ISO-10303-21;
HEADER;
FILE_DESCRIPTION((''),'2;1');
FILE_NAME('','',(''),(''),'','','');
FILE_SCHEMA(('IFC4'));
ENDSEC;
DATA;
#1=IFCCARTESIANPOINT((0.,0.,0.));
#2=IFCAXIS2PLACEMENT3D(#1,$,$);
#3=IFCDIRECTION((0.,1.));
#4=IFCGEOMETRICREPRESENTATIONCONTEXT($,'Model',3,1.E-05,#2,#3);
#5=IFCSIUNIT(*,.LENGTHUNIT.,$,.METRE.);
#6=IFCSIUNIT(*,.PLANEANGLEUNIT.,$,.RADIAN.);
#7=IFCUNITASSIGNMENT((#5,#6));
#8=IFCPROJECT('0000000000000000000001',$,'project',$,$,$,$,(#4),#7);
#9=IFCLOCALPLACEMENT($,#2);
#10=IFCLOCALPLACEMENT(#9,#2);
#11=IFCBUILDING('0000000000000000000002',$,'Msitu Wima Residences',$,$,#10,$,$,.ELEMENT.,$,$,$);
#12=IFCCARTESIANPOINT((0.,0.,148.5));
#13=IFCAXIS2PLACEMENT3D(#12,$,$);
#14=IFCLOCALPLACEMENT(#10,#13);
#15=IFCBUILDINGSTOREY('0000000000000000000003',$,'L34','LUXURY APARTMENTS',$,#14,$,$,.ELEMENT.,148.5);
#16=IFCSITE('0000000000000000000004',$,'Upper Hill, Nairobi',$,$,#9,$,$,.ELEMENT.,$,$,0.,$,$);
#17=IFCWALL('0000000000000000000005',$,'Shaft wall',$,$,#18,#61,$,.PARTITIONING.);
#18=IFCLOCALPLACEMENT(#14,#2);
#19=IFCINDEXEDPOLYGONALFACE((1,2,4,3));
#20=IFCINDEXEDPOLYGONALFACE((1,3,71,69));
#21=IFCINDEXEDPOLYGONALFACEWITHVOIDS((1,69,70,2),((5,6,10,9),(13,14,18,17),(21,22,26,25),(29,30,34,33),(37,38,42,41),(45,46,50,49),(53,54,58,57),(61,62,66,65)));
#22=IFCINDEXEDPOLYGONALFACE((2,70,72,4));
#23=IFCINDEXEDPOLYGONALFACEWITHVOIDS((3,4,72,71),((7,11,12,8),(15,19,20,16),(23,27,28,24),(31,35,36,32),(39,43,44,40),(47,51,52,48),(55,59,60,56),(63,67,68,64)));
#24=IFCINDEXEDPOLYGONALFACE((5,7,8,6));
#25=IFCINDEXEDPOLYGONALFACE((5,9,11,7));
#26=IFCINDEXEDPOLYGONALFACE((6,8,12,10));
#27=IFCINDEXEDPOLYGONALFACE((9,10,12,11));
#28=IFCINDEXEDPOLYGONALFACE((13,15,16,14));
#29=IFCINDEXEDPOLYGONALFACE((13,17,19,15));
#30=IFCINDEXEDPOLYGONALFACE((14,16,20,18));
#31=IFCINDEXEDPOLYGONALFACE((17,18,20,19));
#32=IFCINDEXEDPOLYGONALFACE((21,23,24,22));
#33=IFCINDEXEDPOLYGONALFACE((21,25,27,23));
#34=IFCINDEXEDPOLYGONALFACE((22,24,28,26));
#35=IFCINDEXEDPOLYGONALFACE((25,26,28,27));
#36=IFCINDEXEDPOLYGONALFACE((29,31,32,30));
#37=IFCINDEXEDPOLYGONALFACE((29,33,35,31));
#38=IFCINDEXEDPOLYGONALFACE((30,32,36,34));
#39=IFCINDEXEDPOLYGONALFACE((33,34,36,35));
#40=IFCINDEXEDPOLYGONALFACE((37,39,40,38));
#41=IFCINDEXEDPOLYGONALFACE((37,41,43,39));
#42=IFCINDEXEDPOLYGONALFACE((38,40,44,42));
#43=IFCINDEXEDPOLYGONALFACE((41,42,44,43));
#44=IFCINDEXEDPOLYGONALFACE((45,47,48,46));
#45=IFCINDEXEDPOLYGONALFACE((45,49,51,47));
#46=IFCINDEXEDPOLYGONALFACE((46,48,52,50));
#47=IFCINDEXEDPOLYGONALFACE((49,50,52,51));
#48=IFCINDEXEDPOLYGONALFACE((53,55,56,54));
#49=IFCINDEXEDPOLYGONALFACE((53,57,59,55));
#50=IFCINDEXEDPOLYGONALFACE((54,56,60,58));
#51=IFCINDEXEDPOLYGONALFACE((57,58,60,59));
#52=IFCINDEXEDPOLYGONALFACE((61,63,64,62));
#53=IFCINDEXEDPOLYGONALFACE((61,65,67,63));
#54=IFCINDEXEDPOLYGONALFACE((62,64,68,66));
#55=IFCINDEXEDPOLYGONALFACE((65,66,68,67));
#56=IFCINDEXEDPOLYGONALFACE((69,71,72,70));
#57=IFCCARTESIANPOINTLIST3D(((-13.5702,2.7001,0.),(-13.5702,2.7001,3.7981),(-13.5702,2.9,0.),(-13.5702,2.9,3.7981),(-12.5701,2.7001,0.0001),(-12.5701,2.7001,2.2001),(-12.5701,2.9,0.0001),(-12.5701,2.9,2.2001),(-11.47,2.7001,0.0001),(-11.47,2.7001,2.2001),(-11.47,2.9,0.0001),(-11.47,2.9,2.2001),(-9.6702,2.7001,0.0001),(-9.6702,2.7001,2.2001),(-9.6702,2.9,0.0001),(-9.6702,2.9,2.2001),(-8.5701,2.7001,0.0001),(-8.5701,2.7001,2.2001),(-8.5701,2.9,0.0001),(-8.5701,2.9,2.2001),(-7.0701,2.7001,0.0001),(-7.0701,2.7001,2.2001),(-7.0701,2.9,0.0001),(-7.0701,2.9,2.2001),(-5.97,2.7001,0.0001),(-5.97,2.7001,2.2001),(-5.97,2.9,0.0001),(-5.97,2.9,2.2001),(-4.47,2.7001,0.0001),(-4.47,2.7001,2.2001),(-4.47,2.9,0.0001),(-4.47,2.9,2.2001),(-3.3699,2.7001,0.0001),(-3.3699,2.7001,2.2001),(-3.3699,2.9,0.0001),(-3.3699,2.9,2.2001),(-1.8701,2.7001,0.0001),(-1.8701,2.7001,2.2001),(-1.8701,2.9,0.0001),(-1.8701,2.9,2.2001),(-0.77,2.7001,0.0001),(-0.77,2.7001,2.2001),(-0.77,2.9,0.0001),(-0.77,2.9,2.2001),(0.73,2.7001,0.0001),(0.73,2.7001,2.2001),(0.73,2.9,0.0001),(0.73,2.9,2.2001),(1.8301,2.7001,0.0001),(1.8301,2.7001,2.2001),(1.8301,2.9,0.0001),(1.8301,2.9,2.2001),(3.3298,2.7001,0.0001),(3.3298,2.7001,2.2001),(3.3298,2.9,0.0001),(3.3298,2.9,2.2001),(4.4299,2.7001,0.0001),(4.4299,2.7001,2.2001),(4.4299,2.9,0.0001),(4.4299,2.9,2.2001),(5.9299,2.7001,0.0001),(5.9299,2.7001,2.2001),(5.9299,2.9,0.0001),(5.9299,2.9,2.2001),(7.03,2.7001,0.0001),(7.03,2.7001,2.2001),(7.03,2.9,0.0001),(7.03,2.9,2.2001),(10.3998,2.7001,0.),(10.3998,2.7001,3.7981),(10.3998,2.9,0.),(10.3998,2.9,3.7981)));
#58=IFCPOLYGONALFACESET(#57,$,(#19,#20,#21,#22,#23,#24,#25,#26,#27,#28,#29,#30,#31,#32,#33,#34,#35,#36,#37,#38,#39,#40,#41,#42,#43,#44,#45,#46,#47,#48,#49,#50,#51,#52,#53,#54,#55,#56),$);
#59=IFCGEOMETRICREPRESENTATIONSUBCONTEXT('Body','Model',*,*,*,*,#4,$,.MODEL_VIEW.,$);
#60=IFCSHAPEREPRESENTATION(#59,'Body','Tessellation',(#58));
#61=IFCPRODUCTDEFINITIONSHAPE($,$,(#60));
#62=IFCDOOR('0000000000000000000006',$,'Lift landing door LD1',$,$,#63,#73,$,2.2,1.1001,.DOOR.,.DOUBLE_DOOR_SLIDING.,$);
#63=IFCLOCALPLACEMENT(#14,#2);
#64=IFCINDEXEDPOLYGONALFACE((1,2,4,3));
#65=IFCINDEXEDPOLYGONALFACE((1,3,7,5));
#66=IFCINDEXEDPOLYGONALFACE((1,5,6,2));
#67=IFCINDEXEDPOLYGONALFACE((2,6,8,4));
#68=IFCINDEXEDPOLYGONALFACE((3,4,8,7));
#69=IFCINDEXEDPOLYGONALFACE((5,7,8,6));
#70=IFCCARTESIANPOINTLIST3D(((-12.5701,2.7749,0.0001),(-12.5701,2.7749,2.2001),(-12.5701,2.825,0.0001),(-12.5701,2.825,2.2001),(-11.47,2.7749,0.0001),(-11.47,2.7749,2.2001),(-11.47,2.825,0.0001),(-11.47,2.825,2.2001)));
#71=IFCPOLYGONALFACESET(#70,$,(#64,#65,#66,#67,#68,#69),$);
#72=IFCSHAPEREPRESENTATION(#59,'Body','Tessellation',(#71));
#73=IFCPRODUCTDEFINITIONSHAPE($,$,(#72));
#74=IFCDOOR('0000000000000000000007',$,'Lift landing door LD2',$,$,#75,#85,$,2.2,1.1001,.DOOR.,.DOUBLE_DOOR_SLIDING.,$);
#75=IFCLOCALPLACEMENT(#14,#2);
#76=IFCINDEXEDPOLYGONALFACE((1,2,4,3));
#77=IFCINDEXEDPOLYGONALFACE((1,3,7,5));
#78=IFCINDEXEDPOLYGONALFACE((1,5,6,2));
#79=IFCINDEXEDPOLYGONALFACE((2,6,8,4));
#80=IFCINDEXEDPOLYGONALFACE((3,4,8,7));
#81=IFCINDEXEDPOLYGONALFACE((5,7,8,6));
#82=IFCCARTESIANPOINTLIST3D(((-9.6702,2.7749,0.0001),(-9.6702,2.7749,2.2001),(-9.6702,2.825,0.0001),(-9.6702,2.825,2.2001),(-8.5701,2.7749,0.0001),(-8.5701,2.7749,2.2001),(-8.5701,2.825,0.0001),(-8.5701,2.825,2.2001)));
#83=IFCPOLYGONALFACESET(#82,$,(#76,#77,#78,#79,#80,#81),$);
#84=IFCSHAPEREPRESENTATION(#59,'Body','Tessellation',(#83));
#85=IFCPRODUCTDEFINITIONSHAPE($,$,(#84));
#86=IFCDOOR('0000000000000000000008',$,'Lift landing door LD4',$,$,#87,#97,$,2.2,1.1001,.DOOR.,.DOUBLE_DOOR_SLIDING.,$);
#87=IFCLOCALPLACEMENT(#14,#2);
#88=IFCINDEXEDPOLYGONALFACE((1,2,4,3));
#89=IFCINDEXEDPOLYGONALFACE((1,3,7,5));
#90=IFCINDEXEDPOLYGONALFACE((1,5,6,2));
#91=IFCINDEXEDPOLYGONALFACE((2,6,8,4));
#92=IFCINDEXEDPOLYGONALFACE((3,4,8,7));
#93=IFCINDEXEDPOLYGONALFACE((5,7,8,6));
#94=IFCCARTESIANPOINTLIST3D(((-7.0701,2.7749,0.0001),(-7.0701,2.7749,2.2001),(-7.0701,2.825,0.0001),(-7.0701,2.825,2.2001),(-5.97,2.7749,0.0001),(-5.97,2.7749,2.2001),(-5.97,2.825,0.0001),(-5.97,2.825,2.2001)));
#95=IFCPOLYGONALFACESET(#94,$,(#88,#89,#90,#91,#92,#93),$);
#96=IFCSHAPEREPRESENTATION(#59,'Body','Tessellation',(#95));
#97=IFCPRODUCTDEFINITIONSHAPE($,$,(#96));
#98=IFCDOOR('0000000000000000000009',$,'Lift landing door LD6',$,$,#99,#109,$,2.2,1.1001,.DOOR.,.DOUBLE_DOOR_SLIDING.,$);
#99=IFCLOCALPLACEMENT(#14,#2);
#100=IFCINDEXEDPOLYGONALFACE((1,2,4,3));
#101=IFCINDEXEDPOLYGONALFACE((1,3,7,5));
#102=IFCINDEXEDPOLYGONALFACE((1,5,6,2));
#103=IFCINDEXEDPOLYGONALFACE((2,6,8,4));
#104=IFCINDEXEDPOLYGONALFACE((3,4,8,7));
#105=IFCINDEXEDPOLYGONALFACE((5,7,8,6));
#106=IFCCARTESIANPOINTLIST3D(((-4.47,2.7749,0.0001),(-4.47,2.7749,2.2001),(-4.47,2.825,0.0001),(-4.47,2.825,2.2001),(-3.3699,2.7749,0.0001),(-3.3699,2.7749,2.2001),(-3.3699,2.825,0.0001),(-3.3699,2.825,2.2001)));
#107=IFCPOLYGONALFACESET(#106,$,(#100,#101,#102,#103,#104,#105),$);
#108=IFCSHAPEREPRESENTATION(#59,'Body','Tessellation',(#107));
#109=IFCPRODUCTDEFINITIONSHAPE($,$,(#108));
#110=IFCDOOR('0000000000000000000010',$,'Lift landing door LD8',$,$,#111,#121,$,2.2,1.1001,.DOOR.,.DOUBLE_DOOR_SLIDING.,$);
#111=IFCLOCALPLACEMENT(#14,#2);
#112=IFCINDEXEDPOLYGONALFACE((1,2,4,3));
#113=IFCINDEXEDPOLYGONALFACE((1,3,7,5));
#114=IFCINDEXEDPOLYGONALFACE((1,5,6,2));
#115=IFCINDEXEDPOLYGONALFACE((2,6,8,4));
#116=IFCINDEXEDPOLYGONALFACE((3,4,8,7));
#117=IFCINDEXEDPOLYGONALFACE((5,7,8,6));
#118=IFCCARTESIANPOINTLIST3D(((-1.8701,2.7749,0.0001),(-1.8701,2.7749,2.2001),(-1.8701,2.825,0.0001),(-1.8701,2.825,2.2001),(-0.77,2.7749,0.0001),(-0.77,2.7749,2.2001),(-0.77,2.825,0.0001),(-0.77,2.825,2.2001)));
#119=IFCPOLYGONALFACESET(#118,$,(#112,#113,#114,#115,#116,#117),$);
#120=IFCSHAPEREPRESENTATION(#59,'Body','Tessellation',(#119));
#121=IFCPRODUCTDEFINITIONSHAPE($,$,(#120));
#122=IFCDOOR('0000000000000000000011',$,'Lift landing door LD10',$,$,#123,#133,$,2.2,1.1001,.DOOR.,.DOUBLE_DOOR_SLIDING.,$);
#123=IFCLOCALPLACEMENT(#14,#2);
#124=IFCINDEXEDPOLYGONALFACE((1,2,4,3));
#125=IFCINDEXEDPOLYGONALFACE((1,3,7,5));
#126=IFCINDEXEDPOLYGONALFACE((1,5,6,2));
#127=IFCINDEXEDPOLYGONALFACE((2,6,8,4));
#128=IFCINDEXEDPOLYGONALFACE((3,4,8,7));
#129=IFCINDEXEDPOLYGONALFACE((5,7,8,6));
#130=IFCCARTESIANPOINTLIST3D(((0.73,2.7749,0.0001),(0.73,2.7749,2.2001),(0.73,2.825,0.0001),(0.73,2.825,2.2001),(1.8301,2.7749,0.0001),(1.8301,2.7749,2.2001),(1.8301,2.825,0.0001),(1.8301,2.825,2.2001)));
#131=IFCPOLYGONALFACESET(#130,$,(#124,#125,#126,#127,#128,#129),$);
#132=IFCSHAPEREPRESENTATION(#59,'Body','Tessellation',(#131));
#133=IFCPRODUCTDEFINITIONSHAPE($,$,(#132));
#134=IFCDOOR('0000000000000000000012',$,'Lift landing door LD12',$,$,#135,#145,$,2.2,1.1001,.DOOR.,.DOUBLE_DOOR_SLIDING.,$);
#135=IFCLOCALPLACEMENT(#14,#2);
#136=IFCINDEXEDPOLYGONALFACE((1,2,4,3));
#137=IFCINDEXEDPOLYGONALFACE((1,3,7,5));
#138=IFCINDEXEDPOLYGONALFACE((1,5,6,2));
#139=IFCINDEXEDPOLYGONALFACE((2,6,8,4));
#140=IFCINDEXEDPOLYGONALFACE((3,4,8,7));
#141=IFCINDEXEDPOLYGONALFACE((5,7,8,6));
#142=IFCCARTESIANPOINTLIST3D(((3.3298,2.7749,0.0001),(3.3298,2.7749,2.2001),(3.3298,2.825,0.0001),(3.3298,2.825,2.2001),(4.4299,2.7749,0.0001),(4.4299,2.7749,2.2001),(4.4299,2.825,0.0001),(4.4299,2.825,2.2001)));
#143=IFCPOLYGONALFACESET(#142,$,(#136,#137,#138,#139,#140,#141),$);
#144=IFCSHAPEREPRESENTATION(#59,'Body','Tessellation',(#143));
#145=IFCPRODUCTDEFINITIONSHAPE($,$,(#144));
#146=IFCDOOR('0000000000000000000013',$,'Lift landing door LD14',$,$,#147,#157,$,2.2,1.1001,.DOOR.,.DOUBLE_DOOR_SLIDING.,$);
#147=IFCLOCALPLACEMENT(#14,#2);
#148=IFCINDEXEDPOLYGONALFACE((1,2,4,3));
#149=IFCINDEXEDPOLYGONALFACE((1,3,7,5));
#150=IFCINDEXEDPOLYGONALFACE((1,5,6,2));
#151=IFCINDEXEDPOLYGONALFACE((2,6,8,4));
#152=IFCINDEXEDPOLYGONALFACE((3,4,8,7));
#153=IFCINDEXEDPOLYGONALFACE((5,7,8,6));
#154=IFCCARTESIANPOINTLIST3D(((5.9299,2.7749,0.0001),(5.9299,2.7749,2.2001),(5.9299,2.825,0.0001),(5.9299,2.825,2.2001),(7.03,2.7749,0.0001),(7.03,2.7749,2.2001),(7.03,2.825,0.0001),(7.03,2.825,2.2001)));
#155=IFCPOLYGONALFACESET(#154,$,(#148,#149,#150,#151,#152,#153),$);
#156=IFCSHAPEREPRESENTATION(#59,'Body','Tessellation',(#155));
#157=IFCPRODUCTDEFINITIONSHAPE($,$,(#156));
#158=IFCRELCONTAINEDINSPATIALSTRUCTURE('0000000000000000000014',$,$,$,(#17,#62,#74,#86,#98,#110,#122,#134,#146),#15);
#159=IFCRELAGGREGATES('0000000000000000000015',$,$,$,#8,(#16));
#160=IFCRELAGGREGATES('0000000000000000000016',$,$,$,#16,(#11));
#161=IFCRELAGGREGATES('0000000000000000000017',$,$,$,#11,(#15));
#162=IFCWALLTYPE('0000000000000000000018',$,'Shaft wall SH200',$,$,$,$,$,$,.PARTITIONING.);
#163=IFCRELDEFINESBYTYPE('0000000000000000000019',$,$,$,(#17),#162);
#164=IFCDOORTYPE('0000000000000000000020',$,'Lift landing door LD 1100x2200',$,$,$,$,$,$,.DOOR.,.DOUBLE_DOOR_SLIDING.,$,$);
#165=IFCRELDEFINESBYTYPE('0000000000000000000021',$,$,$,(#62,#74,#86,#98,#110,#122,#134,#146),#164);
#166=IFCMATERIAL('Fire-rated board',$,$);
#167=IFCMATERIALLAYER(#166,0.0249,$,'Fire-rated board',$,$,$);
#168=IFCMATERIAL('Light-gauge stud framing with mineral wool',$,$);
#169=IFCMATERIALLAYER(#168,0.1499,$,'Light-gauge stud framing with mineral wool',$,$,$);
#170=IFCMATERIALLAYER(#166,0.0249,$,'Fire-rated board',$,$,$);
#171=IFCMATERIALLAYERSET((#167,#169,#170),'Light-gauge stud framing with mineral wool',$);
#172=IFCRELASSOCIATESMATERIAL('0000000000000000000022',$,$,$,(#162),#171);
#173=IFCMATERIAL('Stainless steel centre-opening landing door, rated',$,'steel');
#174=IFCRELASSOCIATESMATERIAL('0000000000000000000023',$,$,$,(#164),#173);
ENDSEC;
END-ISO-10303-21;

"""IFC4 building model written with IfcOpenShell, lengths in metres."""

from ifc_helpers import new_model, si_unit, direction, frame, frame_2d, origin, place, context, subcontext, project, spatial, rectangle, extrude, material, layer, layer_set, type_object, element, fill, save


model = new_model("IFC4")

# Units and contexts
model_context = context("Model", 3, precision=1e-05, world=origin(), true_north=direction((0.0, 1.0)))
body_context = subcontext(model_context, "Body", "Model", "MODEL_VIEW")
ifc_project = project(units=[si_unit("LENGTHUNIT", "METRE"), si_unit("PLANEANGLEUNIT", "RADIAN")], contexts=[model_context])

# Site, building, storey
site_placement = place(None, origin())
site = spatial("IfcSite", under=ifc_project, at=site_placement, Name="Upper Hill, Nairobi", CompositionType="ELEMENT", RefElevation=0.0)
building_placement = place(site_placement, origin())
building = spatial("IfcBuilding", under=site, at=building_placement, Name="Msitu Wima Residences", CompositionType="ELEMENT")
storey_placement = place(building_placement, frame((0.0, 0.0, 148.5)))
storey = spatial("IfcBuildingStorey", under=building, at=storey_placement, Name="L34", Description="LUXURY APARTMENTS", CompositionType="ELEMENT", Elevation=148.5)

# Shared definitions
ifc_material_1 = material(Name="Fire-rated board")
ifc_layer_1 = layer(ifc_material_1, 0.0249, Name="Fire-rated board")
ifc_material_2 = material(Name="Light-gauge stud framing with mineral wool")
ifc_layer_2 = layer(ifc_material_2, 0.1499, Name="Light-gauge stud framing with mineral wool")
ifc_layer_3 = layer(ifc_material_1, 0.0249, Name="Fire-rated board")
ifc_layer_set_1 = layer_set([ifc_layer_1, ifc_layer_2, ifc_layer_3], Name="Light-gauge stud framing with mineral wool")
wall_type_1 = type_object("IfcWallType", Name="Shaft wall SH200", PredefinedType="PARTITIONING", material=ifc_layer_set_1)

# Wall, openings, doors
wall_1_placement = place(storey_placement, frame((-13.5701, 2.8, 0.0), z_axis=(0.0, 0.0, 1.0), x_axis=(1.0, 0.0, 0.0)))
wall_1 = element("IfcWall", 1, at=wall_1_placement, inside=storey, type_object=wall_type_1, Name="Shaft wall", PredefinedType="PARTITIONING", context=body_context, shape_type="SweptSolid", body=[
    extrude(rectangle(XDim=23.97, YDim=0.2, at=frame_2d((11.9849, 0.0))), origin(), (0.0, 0.0, 1.0), 3.7981),
])
opening_1_placement = place(wall_1_placement, frame((1.0, 0.0, 0.0)))
opening_1 = element("IfcOpeningElement", 2, at=opening_1_placement, cuts=wall_1, PredefinedType="OPENING", context=body_context, shape_type="SweptSolid", body=[
    extrude(rectangle(XDim=1.1001, YDim=2.2, at=frame_2d((0.55, 1.1001))), frame((0.0, 0.1099, 0.0), z_axis=(0.0, -1.0, 0.0), x_axis=(1.0, 0.0, 0.0)), (0.0, 0.0, 1.0), 0.22),
])
opening_2_placement = place(wall_1_placement, frame((3.8999, 0.0, 0.0)))
opening_2 = element("IfcOpeningElement", 3, at=opening_2_placement, cuts=wall_1, PredefinedType="OPENING", context=body_context, shape_type="SweptSolid", body=[
    extrude(rectangle(XDim=1.1001, YDim=2.2, at=frame_2d((0.55, 1.1001))), frame((0.0, 0.1099, 0.0), z_axis=(0.0, -1.0, 0.0), x_axis=(1.0, 0.0, 0.0)), (0.0, 0.0, 1.0), 0.22),
])
opening_3_placement = place(wall_1_placement, frame((6.5, 0.0, 0.0)))
opening_3 = element("IfcOpeningElement", 4, at=opening_3_placement, cuts=wall_1, PredefinedType="OPENING", context=body_context, shape_type="SweptSolid", body=[
    extrude(rectangle(XDim=1.1001, YDim=2.2, at=frame_2d((0.55, 1.1001))), frame((0.0, 0.1099, 0.0), z_axis=(0.0, -1.0, 0.0), x_axis=(1.0, 0.0, 0.0)), (0.0, 0.0, 1.0), 0.22),
])
opening_4_placement = place(wall_1_placement, frame((9.1001, 0.0, 0.0)))
opening_4 = element("IfcOpeningElement", 5, at=opening_4_placement, cuts=wall_1, PredefinedType="OPENING", context=body_context, shape_type="SweptSolid", body=[
    extrude(rectangle(XDim=1.1001, YDim=2.2, at=frame_2d((0.55, 1.1001))), frame((0.0, 0.1099, 0.0), z_axis=(0.0, -1.0, 0.0), x_axis=(1.0, 0.0, 0.0)), (0.0, 0.0, 1.0), 0.22),
])
opening_5_placement = place(wall_1_placement, frame((11.7, 0.0, 0.0)))
opening_5 = element("IfcOpeningElement", 6, at=opening_5_placement, cuts=wall_1, PredefinedType="OPENING", context=body_context, shape_type="SweptSolid", body=[
    extrude(rectangle(XDim=1.1001, YDim=2.2, at=frame_2d((0.55, 1.1001))), frame((0.0, 0.1099, 0.0), z_axis=(0.0, -1.0, 0.0), x_axis=(1.0, 0.0, 0.0)), (0.0, 0.0, 1.0), 0.22),
])
opening_6_placement = place(wall_1_placement, frame((14.3, 0.0, 0.0)))
opening_6 = element("IfcOpeningElement", 7, at=opening_6_placement, cuts=wall_1, PredefinedType="OPENING", context=body_context, shape_type="SweptSolid", body=[
    extrude(rectangle(XDim=1.1001, YDim=2.2, at=frame_2d((0.55, 1.1001))), frame((0.0, 0.1099, 0.0), z_axis=(0.0, -1.0, 0.0), x_axis=(1.0, 0.0, 0.0)), (0.0, 0.0, 1.0), 0.22),
])
opening_7_placement = place(wall_1_placement, frame((16.8999, 0.0, 0.0)))
opening_7 = element("IfcOpeningElement", 8, at=opening_7_placement, cuts=wall_1, PredefinedType="OPENING", context=body_context, shape_type="SweptSolid", body=[
    extrude(rectangle(XDim=1.1001, YDim=2.2, at=frame_2d((0.55, 1.1001))), frame((0.0, 0.1099, 0.0), z_axis=(0.0, -1.0, 0.0), x_axis=(1.0, 0.0, 0.0)), (0.0, 0.0, 1.0), 0.22),
])
opening_8_placement = place(wall_1_placement, frame((19.5, 0.0, 0.0)))
opening_8 = element("IfcOpeningElement", 9, at=opening_8_placement, cuts=wall_1, PredefinedType="OPENING", context=body_context, shape_type="SweptSolid", body=[
    extrude(rectangle(XDim=1.1001, YDim=2.2, at=frame_2d((0.55, 1.1001))), frame((0.0, 0.1099, 0.0), z_axis=(0.0, -1.0, 0.0), x_axis=(1.0, 0.0, 0.0)), (0.0, 0.0, 1.0), 0.22),
])
ifc_material_3 = material(Name="Stainless steel centre-opening landing door, rated", Category="steel")
door_type_1 = type_object("IfcDoorType", Name="Lift landing door LD 1100x2200", OperationType="DOUBLE_DOOR_SLIDING", PredefinedType="DOOR", material=ifc_material_3)
door_1_placement = place(opening_1_placement, origin())
door_1 = element("IfcDoor", 10, at=door_1_placement, inside=storey, type_object=door_type_1, Name="Lift landing door LD1", OperationType="DOUBLE_DOOR_SLIDING", OverallHeight=2.2, OverallWidth=1.1001, PredefinedType="DOOR", context=body_context, shape_type="SweptSolid", body=[
    extrude(rectangle(XDim=1.1001, YDim=2.2, at=frame_2d((0.55, 1.1001))), frame((0.0, 0.0249, 0.0), z_axis=(0.0, -1.0, 0.0), x_axis=(1.0, 0.0, 0.0)), (0.0, 0.0, 1.0), 0.05),
])
fill(opening_1, door_1)
door_2_placement = place(opening_2_placement, origin())
door_2 = element("IfcDoor", 11, at=door_2_placement, inside=storey, type_object=door_type_1, Name="Lift landing door LD2", OperationType="DOUBLE_DOOR_SLIDING", OverallHeight=2.2, OverallWidth=1.1001, PredefinedType="DOOR", context=body_context, shape_type="SweptSolid", body=[
    extrude(rectangle(XDim=1.1001, YDim=2.2, at=frame_2d((0.55, 1.1001))), frame((0.0, 0.0249, 0.0), z_axis=(0.0, -1.0, 0.0), x_axis=(1.0, 0.0, 0.0)), (0.0, 0.0, 1.0), 0.05),
])
fill(opening_2, door_2)
door_3_placement = place(opening_3_placement, origin())
door_3 = element("IfcDoor", 12, at=door_3_placement, inside=storey, type_object=door_type_1, Name="Lift landing door LD4", OperationType="DOUBLE_DOOR_SLIDING", OverallHeight=2.2, OverallWidth=1.1001, PredefinedType="DOOR", context=body_context, shape_type="SweptSolid", body=[
    extrude(rectangle(XDim=1.1001, YDim=2.2, at=frame_2d((0.55, 1.1001))), frame((0.0, 0.0249, 0.0), z_axis=(0.0, -1.0, 0.0), x_axis=(1.0, 0.0, 0.0)), (0.0, 0.0, 1.0), 0.05),
])
fill(opening_3, door_3)
door_4_placement = place(opening_4_placement, origin())
door_4 = element("IfcDoor", 13, at=door_4_placement, inside=storey, type_object=door_type_1, Name="Lift landing door LD6", OperationType="DOUBLE_DOOR_SLIDING", OverallHeight=2.2, OverallWidth=1.1001, PredefinedType="DOOR", context=body_context, shape_type="SweptSolid", body=[
    extrude(rectangle(XDim=1.1001, YDim=2.2, at=frame_2d((0.55, 1.1001))), frame((0.0, 0.0249, 0.0), z_axis=(0.0, -1.0, 0.0), x_axis=(1.0, 0.0, 0.0)), (0.0, 0.0, 1.0), 0.05),
])
fill(opening_4, door_4)
door_5_placement = place(opening_5_placement, origin())
door_5 = element("IfcDoor", 14, at=door_5_placement, inside=storey, type_object=door_type_1, Name="Lift landing door LD8", OperationType="DOUBLE_DOOR_SLIDING", OverallHeight=2.2, OverallWidth=1.1001, PredefinedType="DOOR", context=body_context, shape_type="SweptSolid", body=[
    extrude(rectangle(XDim=1.1001, YDim=2.2, at=frame_2d((0.55, 1.1001))), frame((0.0, 0.0249, 0.0), z_axis=(0.0, -1.0, 0.0), x_axis=(1.0, 0.0, 0.0)), (0.0, 0.0, 1.0), 0.05),
])
fill(opening_5, door_5)
door_6_placement = place(opening_6_placement, origin())
door_6 = element("IfcDoor", 15, at=door_6_placement, inside=storey, type_object=door_type_1, Name="Lift landing door LD10", OperationType="DOUBLE_DOOR_SLIDING", OverallHeight=2.2, OverallWidth=1.1001, PredefinedType="DOOR", context=body_context, shape_type="SweptSolid", body=[
    extrude(rectangle(XDim=1.1001, YDim=2.2, at=frame_2d((0.55, 1.1001))), frame((0.0, 0.0249, 0.0), z_axis=(0.0, -1.0, 0.0), x_axis=(1.0, 0.0, 0.0)), (0.0, 0.0, 1.0), 0.05),
])
fill(opening_6, door_6)
door_7_placement = place(opening_7_placement, origin())
door_7 = element("IfcDoor", 16, at=door_7_placement, inside=storey, type_object=door_type_1, Name="Lift landing door LD12", OperationType="DOUBLE_DOOR_SLIDING", OverallHeight=2.2, OverallWidth=1.1001, PredefinedType="DOOR", context=body_context, shape_type="SweptSolid", body=[
    extrude(rectangle(XDim=1.1001, YDim=2.2, at=frame_2d((0.55, 1.1001))), frame((0.0, 0.0249, 0.0), z_axis=(0.0, -1.0, 0.0), x_axis=(1.0, 0.0, 0.0)), (0.0, 0.0, 1.0), 0.05),
])
fill(opening_7, door_7)
door_8_placement = place(opening_8_placement, origin())
door_8 = element("IfcDoor", 17, at=door_8_placement, inside=storey, type_object=door_type_1, Name="Lift landing door LD14", OperationType="DOUBLE_DOOR_SLIDING", OverallHeight=2.2, OverallWidth=1.1001, PredefinedType="DOOR", context=body_context, shape_type="SweptSolid", body=[
    extrude(rectangle(XDim=1.1001, YDim=2.2, at=frame_2d((0.55, 1.1001))), frame((0.0, 0.0249, 0.0), z_axis=(0.0, -1.0, 0.0), x_axis=(1.0, 0.0, 0.0)), (0.0, 0.0, 1.0), 0.05),
])
fill(opening_8, door_8)

save(model, "model.ifc")
